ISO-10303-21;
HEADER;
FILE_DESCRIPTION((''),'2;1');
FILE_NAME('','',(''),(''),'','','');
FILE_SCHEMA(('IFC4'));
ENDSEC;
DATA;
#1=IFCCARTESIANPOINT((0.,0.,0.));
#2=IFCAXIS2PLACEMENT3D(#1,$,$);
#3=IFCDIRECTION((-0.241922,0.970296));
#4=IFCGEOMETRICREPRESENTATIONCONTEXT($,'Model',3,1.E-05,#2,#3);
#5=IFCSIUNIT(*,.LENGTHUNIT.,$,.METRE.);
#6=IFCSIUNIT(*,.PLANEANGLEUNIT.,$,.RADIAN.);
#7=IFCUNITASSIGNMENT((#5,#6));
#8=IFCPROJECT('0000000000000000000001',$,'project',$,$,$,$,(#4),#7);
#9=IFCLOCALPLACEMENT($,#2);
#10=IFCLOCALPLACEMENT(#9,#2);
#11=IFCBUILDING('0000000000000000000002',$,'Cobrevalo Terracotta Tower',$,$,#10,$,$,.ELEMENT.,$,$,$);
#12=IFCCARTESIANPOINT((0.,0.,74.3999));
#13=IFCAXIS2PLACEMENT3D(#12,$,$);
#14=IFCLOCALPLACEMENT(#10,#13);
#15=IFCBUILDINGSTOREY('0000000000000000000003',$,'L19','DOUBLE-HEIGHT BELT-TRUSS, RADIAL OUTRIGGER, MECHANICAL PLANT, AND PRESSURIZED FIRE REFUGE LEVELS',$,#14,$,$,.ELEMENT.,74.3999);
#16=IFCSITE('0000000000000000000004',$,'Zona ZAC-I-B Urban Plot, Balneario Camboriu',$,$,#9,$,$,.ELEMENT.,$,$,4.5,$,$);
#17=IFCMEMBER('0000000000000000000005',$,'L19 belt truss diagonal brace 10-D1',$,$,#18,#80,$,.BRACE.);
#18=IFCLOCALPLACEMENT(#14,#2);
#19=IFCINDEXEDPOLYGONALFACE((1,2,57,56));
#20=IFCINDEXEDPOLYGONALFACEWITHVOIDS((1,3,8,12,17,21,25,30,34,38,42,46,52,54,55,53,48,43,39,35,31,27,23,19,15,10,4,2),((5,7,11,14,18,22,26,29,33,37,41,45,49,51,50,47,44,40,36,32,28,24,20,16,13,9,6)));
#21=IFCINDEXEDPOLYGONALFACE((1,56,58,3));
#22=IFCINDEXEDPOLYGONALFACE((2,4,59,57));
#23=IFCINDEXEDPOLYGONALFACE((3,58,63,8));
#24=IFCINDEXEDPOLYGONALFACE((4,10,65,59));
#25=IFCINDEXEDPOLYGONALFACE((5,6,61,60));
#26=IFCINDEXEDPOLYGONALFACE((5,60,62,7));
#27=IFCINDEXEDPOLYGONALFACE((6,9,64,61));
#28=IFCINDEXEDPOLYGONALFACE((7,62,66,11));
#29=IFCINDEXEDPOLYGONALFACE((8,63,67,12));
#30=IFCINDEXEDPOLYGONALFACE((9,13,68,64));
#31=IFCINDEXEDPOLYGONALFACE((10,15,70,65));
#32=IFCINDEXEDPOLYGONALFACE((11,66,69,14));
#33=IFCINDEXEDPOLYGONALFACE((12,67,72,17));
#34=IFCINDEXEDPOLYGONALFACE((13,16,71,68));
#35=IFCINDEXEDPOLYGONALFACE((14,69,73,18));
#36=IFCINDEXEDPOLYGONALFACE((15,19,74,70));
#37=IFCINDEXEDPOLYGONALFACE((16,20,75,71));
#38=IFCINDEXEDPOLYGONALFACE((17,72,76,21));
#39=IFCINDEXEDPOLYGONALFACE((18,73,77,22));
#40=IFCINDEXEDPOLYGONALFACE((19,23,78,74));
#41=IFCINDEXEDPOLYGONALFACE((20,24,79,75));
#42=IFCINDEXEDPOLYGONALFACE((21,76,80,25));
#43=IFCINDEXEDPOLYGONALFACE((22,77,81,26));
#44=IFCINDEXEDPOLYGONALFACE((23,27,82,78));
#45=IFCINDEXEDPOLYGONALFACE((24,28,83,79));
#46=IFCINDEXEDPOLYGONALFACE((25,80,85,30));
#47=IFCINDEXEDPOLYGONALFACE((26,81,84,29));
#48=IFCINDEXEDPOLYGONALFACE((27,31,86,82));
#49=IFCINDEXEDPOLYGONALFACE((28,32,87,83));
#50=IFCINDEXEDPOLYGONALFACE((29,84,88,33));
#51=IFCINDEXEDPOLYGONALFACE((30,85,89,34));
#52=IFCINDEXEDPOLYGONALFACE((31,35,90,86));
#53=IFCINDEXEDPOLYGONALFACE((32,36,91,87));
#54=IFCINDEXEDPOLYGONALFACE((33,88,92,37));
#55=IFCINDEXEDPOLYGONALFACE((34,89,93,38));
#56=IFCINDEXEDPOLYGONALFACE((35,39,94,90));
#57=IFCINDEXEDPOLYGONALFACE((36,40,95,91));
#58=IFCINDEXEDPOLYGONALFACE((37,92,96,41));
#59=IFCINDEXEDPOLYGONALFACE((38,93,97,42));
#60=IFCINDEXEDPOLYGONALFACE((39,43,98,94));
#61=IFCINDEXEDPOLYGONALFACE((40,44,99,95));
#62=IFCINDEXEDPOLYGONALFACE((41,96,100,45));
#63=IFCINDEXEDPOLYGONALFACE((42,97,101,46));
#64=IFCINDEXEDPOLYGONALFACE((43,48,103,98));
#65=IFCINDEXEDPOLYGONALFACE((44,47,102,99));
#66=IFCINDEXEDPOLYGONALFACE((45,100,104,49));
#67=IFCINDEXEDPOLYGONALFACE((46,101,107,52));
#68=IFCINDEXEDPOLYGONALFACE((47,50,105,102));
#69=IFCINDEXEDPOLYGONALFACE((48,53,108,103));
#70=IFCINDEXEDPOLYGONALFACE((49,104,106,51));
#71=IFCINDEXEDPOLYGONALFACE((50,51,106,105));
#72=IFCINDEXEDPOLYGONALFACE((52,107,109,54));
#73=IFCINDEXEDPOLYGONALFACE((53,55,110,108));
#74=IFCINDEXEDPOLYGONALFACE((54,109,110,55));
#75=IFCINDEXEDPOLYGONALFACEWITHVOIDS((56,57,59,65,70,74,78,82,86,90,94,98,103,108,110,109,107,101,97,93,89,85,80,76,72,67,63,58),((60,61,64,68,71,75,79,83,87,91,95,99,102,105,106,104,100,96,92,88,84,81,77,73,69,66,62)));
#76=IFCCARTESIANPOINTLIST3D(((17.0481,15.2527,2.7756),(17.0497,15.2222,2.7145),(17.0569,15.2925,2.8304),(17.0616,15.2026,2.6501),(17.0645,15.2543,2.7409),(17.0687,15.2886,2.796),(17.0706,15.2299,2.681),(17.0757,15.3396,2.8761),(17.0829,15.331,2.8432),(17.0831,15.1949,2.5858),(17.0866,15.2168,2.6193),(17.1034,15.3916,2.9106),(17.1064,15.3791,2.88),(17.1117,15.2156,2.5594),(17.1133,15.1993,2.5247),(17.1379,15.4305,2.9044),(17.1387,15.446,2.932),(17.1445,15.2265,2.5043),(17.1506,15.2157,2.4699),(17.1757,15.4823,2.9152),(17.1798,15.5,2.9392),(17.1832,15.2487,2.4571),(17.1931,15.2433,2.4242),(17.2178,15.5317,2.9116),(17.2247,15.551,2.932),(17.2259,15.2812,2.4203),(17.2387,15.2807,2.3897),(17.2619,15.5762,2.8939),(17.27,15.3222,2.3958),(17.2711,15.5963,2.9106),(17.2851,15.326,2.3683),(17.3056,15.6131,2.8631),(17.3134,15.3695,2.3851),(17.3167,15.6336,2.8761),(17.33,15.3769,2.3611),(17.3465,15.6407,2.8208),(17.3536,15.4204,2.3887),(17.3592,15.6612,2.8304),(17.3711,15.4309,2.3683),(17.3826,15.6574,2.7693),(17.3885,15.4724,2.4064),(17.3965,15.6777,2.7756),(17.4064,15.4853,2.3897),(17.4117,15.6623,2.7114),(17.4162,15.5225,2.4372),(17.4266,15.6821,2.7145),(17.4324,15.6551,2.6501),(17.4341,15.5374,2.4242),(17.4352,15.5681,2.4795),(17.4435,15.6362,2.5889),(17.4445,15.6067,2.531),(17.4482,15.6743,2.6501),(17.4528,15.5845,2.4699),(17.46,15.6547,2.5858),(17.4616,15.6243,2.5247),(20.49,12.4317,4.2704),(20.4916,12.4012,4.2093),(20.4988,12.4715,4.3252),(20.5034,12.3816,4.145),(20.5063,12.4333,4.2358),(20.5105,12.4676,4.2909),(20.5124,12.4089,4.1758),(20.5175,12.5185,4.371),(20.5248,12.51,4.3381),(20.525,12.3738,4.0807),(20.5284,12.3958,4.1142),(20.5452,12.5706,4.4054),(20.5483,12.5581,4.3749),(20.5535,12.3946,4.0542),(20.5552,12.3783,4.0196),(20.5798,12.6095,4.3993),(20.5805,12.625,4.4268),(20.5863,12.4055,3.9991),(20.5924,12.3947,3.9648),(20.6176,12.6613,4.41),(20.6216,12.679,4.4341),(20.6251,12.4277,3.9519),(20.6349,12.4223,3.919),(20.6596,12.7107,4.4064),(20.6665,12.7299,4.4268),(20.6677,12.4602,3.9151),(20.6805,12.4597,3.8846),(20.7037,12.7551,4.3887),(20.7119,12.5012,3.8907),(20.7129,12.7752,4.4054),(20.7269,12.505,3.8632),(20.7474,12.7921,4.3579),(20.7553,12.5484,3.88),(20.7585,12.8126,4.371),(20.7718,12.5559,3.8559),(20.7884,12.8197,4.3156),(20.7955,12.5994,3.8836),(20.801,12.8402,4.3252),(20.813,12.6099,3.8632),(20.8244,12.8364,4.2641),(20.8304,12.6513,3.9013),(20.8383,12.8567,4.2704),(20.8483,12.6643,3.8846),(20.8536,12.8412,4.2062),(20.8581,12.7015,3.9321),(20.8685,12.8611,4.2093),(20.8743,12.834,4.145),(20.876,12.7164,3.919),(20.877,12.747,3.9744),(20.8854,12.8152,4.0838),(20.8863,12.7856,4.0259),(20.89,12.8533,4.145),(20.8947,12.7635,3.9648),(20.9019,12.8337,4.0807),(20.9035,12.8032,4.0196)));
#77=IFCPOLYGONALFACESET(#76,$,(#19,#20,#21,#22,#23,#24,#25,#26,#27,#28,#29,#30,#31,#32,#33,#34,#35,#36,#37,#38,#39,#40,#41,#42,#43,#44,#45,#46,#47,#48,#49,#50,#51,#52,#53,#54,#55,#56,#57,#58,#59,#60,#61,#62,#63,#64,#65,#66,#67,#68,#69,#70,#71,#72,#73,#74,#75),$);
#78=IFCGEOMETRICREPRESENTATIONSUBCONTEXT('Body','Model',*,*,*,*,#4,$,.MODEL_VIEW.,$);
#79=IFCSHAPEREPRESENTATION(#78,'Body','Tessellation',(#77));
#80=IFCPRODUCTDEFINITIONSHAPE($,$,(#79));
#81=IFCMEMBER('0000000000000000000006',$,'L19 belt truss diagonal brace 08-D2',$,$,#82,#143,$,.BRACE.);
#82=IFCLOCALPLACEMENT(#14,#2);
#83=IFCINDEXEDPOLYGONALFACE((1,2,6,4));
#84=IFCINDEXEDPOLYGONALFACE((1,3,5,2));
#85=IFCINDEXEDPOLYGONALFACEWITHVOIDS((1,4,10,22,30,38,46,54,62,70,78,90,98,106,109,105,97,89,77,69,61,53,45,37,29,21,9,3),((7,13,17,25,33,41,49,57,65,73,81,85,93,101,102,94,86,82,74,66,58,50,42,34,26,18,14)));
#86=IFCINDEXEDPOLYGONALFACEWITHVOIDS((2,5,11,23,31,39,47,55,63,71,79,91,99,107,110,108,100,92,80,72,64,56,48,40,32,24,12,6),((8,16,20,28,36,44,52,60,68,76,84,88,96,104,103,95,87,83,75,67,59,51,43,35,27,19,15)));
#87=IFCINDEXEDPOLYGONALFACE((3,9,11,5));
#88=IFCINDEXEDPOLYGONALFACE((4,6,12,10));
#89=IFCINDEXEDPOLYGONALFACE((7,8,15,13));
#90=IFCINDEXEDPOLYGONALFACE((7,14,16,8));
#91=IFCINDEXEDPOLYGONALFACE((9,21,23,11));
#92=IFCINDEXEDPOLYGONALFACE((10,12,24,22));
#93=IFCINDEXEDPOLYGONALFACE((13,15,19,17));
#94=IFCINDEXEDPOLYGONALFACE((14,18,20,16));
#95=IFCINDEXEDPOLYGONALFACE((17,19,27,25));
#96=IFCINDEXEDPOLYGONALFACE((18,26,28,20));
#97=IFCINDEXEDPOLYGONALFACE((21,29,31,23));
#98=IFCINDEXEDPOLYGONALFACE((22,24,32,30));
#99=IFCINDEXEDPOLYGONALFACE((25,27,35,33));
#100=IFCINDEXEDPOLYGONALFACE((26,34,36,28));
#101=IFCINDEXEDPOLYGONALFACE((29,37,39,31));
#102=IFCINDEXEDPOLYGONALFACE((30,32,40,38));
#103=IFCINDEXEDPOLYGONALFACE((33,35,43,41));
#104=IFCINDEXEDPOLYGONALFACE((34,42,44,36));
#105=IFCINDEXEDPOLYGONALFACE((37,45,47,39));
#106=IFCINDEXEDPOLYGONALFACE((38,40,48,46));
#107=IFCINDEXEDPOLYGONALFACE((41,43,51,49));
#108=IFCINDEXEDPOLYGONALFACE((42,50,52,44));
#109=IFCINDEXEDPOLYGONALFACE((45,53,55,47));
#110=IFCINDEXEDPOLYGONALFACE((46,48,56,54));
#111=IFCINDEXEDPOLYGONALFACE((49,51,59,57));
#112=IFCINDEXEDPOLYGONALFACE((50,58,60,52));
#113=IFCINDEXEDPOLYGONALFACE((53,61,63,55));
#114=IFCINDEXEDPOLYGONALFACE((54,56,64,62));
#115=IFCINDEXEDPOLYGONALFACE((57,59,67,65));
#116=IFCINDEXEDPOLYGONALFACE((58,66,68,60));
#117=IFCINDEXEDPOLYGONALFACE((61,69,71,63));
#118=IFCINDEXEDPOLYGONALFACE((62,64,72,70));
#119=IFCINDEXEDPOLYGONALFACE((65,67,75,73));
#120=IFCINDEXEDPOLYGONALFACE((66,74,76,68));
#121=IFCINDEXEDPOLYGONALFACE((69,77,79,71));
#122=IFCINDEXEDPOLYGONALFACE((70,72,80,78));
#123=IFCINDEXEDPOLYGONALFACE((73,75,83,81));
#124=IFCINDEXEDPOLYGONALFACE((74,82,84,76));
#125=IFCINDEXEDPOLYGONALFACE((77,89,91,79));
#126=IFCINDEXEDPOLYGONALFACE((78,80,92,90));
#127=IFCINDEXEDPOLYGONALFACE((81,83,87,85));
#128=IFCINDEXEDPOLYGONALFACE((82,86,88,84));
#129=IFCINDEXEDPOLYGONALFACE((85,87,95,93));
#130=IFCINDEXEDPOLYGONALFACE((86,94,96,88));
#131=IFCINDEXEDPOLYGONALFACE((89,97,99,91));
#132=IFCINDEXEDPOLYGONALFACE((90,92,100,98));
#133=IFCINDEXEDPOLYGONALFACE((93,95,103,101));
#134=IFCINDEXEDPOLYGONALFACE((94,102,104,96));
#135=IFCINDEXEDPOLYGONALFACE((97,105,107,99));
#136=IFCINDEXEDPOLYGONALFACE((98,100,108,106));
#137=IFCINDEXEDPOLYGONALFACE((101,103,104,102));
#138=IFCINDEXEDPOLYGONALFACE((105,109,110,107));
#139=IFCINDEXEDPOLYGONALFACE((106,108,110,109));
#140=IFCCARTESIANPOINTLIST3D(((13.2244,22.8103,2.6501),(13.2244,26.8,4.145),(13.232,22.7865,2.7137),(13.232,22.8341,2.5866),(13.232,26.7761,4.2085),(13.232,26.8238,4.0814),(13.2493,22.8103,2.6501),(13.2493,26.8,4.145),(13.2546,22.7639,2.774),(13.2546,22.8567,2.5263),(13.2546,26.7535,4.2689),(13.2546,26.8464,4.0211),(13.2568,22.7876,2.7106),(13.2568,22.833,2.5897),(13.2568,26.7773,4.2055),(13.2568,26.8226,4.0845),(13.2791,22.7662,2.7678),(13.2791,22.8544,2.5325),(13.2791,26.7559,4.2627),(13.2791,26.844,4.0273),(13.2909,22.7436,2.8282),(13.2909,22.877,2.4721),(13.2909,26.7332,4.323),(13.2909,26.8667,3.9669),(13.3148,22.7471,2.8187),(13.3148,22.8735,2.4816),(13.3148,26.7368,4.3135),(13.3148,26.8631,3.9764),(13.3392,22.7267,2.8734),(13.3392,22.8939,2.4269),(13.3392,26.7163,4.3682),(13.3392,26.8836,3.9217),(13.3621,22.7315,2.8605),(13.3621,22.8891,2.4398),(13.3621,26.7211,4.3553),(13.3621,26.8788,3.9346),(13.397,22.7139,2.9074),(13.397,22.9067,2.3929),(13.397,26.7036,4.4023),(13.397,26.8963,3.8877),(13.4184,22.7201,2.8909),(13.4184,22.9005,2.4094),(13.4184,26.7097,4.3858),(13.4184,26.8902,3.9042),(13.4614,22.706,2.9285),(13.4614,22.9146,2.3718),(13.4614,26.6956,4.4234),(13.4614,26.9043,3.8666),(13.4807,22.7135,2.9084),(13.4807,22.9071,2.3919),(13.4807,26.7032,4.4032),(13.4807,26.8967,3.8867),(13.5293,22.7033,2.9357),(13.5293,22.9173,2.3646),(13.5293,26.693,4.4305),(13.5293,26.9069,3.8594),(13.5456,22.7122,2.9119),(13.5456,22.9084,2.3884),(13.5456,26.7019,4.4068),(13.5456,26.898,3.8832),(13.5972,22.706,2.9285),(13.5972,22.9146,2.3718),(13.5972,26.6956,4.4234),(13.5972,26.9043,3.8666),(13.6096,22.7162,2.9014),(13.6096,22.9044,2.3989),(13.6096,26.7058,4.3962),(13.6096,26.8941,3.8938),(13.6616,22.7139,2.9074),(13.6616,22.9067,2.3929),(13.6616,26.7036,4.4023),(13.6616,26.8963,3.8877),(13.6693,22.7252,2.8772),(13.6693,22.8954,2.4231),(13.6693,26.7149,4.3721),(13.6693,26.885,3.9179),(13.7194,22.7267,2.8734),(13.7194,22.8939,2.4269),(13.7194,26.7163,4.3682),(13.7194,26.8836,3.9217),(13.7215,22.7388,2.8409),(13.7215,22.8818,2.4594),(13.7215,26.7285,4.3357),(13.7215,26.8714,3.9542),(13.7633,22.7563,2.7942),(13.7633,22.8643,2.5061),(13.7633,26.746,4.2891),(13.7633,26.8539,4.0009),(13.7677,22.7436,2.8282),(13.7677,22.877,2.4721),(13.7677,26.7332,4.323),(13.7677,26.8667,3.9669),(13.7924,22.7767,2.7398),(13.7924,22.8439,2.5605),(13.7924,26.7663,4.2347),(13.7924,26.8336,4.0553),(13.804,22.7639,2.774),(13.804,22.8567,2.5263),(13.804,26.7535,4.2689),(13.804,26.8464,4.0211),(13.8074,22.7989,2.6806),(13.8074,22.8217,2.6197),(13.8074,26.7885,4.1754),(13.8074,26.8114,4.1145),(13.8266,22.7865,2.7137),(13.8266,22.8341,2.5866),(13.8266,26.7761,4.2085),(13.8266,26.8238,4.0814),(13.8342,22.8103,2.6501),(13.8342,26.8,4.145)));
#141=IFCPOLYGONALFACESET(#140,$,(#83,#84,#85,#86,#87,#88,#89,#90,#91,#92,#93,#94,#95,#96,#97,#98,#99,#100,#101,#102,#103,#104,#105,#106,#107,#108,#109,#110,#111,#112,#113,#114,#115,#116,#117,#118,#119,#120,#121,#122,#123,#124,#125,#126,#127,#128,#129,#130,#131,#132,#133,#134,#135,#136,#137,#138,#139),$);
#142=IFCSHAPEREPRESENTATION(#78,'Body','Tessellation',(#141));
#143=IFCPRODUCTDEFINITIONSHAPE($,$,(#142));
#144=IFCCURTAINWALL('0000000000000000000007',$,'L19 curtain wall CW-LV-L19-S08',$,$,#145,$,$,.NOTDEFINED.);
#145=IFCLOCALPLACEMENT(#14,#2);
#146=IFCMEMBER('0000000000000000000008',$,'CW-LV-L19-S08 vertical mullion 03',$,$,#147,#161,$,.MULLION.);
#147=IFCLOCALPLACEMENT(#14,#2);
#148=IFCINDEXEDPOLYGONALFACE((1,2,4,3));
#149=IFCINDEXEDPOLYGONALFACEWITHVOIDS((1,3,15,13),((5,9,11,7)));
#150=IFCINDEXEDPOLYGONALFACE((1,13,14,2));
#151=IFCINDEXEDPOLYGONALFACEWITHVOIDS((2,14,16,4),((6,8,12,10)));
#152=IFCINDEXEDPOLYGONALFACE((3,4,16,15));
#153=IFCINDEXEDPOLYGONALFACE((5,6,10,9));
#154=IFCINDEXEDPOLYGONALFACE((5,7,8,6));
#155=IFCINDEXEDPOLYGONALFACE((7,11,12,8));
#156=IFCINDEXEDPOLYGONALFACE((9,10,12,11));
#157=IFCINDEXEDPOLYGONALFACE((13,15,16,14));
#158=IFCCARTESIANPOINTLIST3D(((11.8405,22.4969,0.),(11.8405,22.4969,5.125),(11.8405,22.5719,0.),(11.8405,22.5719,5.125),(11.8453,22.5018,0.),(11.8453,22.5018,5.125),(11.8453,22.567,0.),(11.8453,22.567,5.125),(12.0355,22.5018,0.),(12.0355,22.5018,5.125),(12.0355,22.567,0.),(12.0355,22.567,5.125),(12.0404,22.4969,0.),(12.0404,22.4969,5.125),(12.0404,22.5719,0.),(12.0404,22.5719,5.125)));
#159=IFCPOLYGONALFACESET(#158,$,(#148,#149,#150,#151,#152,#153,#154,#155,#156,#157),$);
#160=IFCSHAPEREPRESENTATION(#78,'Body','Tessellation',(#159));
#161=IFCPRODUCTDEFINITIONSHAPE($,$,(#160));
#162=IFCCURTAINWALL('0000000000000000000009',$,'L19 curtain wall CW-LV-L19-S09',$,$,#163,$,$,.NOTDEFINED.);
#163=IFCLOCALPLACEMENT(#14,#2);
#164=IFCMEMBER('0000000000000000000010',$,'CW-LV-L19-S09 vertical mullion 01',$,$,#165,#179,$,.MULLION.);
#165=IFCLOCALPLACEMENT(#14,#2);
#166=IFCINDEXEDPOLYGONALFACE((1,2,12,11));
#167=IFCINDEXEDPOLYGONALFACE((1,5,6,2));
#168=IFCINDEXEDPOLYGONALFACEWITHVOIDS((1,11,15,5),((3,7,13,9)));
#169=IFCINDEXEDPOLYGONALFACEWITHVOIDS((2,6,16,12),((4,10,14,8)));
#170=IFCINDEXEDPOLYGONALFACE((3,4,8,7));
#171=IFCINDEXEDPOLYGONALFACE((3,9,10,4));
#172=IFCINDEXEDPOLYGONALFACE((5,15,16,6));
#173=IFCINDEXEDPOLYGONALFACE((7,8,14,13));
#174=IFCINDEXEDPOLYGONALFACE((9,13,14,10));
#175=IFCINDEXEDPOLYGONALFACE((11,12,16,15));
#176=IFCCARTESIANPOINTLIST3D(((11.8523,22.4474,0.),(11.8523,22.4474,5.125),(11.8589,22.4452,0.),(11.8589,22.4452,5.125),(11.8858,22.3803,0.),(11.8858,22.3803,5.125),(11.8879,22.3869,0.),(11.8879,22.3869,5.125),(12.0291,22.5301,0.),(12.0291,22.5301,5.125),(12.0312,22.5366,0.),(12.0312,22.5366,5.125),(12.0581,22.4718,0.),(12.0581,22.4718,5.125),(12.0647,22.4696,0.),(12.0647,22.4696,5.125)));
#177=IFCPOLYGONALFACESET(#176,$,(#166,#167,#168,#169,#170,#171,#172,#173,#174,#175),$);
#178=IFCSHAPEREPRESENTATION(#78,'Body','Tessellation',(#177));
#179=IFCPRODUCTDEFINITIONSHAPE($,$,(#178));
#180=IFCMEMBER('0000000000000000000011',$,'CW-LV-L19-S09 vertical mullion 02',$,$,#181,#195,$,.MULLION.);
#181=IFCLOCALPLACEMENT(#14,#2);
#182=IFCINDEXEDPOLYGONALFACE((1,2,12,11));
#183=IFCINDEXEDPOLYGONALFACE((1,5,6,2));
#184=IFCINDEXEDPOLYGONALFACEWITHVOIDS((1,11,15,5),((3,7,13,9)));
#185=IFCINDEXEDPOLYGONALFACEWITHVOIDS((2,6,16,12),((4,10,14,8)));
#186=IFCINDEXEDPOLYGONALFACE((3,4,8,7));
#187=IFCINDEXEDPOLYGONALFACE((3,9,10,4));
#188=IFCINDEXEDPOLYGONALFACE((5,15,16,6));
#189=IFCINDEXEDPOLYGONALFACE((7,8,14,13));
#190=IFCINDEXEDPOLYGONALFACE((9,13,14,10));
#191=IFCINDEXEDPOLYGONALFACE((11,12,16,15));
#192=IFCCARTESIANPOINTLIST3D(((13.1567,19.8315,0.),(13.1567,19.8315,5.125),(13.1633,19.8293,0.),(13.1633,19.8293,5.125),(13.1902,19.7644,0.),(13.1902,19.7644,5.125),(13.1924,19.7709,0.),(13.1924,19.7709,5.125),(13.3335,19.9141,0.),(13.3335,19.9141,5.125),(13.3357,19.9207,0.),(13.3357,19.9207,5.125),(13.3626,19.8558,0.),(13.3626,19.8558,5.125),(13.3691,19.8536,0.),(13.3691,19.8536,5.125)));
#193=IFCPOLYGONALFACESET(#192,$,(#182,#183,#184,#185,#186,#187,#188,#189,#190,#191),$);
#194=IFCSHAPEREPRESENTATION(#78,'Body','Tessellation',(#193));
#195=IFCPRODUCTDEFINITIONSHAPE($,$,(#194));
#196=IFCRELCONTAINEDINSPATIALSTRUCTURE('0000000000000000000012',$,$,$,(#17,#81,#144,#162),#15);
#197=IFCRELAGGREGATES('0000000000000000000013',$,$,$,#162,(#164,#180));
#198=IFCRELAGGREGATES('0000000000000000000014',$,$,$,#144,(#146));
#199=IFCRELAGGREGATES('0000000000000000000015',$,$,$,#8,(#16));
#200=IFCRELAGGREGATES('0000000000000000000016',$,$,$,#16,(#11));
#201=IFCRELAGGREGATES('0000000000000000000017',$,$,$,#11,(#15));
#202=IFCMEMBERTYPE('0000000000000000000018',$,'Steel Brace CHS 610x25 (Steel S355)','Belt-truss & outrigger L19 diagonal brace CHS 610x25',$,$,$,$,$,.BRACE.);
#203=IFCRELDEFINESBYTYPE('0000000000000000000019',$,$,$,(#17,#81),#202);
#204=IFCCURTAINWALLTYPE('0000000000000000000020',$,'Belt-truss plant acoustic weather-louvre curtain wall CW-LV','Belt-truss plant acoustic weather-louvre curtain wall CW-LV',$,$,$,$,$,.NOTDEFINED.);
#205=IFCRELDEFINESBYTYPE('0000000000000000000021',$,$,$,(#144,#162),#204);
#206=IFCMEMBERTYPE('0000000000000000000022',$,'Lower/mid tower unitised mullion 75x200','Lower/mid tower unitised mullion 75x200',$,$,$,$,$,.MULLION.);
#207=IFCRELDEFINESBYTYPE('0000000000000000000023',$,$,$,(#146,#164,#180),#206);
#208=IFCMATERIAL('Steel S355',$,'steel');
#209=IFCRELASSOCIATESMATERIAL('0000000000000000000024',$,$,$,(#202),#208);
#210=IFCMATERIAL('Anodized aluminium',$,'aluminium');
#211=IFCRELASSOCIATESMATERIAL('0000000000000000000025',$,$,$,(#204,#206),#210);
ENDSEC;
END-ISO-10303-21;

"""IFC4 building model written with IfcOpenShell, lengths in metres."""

from ifc_helpers import new_model, si_unit, direction, frame, origin, origin_2d, place, context, subcontext, project, spatial, hollow_rectangle, hollow_circle, extrude, source, transform, mapped, material, material_profile, profile_set, type_object, element, aggregate, save


model = new_model("IFC4")

# Units and contexts
model_context = context("Model", 3, precision=1e-05, world=origin(), true_north=direction((-0.241922, 0.970296)))
body_context = subcontext(model_context, "Body", "Model", "MODEL_VIEW")
ifc_project = project(units=[si_unit("LENGTHUNIT", "METRE"), si_unit("PLANEANGLEUNIT", "RADIAN")], contexts=[model_context])

# Site, building, storey
site_placement = place(None, origin())
site = spatial("IfcSite", under=ifc_project, at=site_placement, Name="Zona ZAC-I-B Urban Plot, Balneario Camboriu", CompositionType="ELEMENT", RefElevation=4.5)
building_placement = place(site_placement, origin())
building = spatial("IfcBuilding", under=site, at=building_placement, Name="Cobrevalo Terracotta Tower", CompositionType="ELEMENT")
storey_placement = place(building_placement, frame((0.0, 0.0, 74.3999)))
storey = spatial("IfcBuildingStorey", under=building, at=storey_placement, Name="L19", Description="DOUBLE-HEIGHT BELT-TRUSS, RADIAL OUTRIGGER, MECHANICAL PLANT, AND PRESSURIZED FIRE REFUGE LEVELS", CompositionType="ELEMENT", Elevation=74.3999)

# Shared definitions
ifc_material_1 = material(Name="Steel S355", Category="steel")

# Members
ifc_material_profile_1 = material_profile(ifc_material_1, hollow_circle(Radius=0.3049, WallThickness=0.0249, at=origin_2d()), Name="CHS 610x25")
ifc_profile_set_1 = profile_set([ifc_material_profile_1], Name="Steel S355")
member_type_1 = type_object("IfcMemberType", Name="Steel Brace CHS 610x25 (Steel S355)", Description="Belt-truss & outrigger L19 diagonal brace CHS 610x25", PredefinedType="BRACE", material=ifc_profile_set_1)
shared_shape_1 = source(origin(), body_context, "Body", "SweptSolid", [
    extrude(hollow_circle(Radius=0.3049, WallThickness=0.0249, at=origin_2d()), origin(), (0.0, 0.0, 1.0), 4.6946),
])
member_1_placement = place(storey_placement, frame((17.2549, 15.4385, 2.6501), z_axis=(0.733155, -0.600909, 0.318422), x_axis=(0.633904, 0.773412, 0.0)))
element("IfcMember", 1, at=member_1_placement, inside=storey, type_object=member_type_1, Name="L19 belt truss diagonal brace 10-D1", PredefinedType="BRACE", context=body_context, shape_type="MappedRepresentation", body=[
    mapped(shared_shape_1, transform((0.0, 0.0, 0.0), scale=1.0)),
])
shared_shape_2 = source(origin(), body_context, "Body", "SweptSolid", [
    extrude(hollow_circle(Radius=0.3049, WallThickness=0.0249, at=origin_2d()), origin(), (0.0, 0.0, 1.0), 4.2605),
])
member_2_placement = place(storey_placement, frame((13.5293, 22.8103, 2.6501), z_axis=(0.0, 0.936428, 0.35086), x_axis=(-1.0, 0.0, 0.0)))
element("IfcMember", 2, at=member_2_placement, inside=storey, type_object=member_type_1, Name="L19 belt truss diagonal brace 08-D2", PredefinedType="BRACE", context=body_context, shape_type="MappedRepresentation", body=[
    mapped(shared_shape_2, transform((0.0, 0.0, 0.0), scale=1.0)),
])

# Curtain wall, member
ifc_material_2 = material(Name="Anodized aluminium", Category="aluminium")
curtain_wall_type = type_object("IfcCurtainWallType", Name="Belt-truss plant acoustic weather-louvre curtain wall CW-LV", Description="Belt-truss plant acoustic weather-louvre curtain wall CW-LV", PredefinedType="NOTDEFINED", material=ifc_material_2)
curtain_wall_1_placement = place(storey_placement, origin())
curtain_wall_1 = element("IfcCurtainWall", 3, at=curtain_wall_1_placement, inside=storey, type_object=curtain_wall_type, Name="L19 curtain wall CW-LV-L19-S08", PredefinedType="NOTDEFINED")
ifc_material_profile_2 = material_profile(ifc_material_2, hollow_rectangle(XDim=0.075, YDim=0.2, WallThickness=0.0049, at=origin_2d()), Name="CWM 75x200")
ifc_profile_set_2 = profile_set([ifc_material_profile_2], Name="Anodized aluminium")
member_type_2 = type_object("IfcMemberType", Name="Lower/mid tower unitised mullion 75x200", Description="Lower/mid tower unitised mullion 75x200", PredefinedType="MULLION", material=ifc_profile_set_2)
shared_shape_3 = source(origin(), body_context, "Body", "SweptSolid", [
    extrude(hollow_rectangle(XDim=0.075, YDim=0.2, WallThickness=0.0049, at=origin_2d()), origin(), (0.0, 0.0, 1.0), 5.125),
])
member_3_placement = place(storey_placement, frame((11.9404, 22.5344, 0.0), z_axis=(0.0, 0.0, 1.0), x_axis=(0.0, -1.0, 0.0)))
member_3 = element("IfcMember", 4, at=member_3_placement, type_object=member_type_2, Name="CW-LV-L19-S08 vertical mullion 03", PredefinedType="MULLION", context=body_context, shape_type="MappedRepresentation", body=[
    mapped(shared_shape_3, transform((0.0, 0.0, 0.0), scale=1.0)),
])

# Curtain wall, members
curtain_wall_2_placement = place(storey_placement, origin())
curtain_wall_2 = element("IfcCurtainWall", 5, at=curtain_wall_2_placement, inside=storey, type_object=curtain_wall_type, Name="L19 curtain wall CW-LV-L19-S09", PredefinedType="NOTDEFINED")
member_4_placement = place(storey_placement, frame((11.9585, 22.4585, 0.0), z_axis=(0.0, 0.0, 1.0), x_axis=(0.44626, -0.894903, 0.0)))
member_4 = element("IfcMember", 6, at=member_4_placement, type_object=member_type_2, Name="CW-LV-L19-S09 vertical mullion 01", PredefinedType="MULLION", context=body_context, shape_type="MappedRepresentation", body=[
    mapped(shared_shape_3, transform((0.0, 0.0, 0.0), scale=1.0)),
])
member_5_placement = place(storey_placement, frame((13.2629, 19.8425, 0.0), z_axis=(0.0, 0.0, 1.0), x_axis=(0.44626, -0.894903, 0.0)))
member_5 = element("IfcMember", 7, at=member_5_placement, type_object=member_type_2, Name="CW-LV-L19-S09 vertical mullion 02", PredefinedType="MULLION", context=body_context, shape_type="MappedRepresentation", body=[
    mapped(shared_shape_3, transform((0.0, 0.0, 0.0), scale=1.0)),
])

aggregate(curtain_wall_2, [member_4, member_5])
aggregate(curtain_wall_1, [member_3])

save(model, "model.ifc")
